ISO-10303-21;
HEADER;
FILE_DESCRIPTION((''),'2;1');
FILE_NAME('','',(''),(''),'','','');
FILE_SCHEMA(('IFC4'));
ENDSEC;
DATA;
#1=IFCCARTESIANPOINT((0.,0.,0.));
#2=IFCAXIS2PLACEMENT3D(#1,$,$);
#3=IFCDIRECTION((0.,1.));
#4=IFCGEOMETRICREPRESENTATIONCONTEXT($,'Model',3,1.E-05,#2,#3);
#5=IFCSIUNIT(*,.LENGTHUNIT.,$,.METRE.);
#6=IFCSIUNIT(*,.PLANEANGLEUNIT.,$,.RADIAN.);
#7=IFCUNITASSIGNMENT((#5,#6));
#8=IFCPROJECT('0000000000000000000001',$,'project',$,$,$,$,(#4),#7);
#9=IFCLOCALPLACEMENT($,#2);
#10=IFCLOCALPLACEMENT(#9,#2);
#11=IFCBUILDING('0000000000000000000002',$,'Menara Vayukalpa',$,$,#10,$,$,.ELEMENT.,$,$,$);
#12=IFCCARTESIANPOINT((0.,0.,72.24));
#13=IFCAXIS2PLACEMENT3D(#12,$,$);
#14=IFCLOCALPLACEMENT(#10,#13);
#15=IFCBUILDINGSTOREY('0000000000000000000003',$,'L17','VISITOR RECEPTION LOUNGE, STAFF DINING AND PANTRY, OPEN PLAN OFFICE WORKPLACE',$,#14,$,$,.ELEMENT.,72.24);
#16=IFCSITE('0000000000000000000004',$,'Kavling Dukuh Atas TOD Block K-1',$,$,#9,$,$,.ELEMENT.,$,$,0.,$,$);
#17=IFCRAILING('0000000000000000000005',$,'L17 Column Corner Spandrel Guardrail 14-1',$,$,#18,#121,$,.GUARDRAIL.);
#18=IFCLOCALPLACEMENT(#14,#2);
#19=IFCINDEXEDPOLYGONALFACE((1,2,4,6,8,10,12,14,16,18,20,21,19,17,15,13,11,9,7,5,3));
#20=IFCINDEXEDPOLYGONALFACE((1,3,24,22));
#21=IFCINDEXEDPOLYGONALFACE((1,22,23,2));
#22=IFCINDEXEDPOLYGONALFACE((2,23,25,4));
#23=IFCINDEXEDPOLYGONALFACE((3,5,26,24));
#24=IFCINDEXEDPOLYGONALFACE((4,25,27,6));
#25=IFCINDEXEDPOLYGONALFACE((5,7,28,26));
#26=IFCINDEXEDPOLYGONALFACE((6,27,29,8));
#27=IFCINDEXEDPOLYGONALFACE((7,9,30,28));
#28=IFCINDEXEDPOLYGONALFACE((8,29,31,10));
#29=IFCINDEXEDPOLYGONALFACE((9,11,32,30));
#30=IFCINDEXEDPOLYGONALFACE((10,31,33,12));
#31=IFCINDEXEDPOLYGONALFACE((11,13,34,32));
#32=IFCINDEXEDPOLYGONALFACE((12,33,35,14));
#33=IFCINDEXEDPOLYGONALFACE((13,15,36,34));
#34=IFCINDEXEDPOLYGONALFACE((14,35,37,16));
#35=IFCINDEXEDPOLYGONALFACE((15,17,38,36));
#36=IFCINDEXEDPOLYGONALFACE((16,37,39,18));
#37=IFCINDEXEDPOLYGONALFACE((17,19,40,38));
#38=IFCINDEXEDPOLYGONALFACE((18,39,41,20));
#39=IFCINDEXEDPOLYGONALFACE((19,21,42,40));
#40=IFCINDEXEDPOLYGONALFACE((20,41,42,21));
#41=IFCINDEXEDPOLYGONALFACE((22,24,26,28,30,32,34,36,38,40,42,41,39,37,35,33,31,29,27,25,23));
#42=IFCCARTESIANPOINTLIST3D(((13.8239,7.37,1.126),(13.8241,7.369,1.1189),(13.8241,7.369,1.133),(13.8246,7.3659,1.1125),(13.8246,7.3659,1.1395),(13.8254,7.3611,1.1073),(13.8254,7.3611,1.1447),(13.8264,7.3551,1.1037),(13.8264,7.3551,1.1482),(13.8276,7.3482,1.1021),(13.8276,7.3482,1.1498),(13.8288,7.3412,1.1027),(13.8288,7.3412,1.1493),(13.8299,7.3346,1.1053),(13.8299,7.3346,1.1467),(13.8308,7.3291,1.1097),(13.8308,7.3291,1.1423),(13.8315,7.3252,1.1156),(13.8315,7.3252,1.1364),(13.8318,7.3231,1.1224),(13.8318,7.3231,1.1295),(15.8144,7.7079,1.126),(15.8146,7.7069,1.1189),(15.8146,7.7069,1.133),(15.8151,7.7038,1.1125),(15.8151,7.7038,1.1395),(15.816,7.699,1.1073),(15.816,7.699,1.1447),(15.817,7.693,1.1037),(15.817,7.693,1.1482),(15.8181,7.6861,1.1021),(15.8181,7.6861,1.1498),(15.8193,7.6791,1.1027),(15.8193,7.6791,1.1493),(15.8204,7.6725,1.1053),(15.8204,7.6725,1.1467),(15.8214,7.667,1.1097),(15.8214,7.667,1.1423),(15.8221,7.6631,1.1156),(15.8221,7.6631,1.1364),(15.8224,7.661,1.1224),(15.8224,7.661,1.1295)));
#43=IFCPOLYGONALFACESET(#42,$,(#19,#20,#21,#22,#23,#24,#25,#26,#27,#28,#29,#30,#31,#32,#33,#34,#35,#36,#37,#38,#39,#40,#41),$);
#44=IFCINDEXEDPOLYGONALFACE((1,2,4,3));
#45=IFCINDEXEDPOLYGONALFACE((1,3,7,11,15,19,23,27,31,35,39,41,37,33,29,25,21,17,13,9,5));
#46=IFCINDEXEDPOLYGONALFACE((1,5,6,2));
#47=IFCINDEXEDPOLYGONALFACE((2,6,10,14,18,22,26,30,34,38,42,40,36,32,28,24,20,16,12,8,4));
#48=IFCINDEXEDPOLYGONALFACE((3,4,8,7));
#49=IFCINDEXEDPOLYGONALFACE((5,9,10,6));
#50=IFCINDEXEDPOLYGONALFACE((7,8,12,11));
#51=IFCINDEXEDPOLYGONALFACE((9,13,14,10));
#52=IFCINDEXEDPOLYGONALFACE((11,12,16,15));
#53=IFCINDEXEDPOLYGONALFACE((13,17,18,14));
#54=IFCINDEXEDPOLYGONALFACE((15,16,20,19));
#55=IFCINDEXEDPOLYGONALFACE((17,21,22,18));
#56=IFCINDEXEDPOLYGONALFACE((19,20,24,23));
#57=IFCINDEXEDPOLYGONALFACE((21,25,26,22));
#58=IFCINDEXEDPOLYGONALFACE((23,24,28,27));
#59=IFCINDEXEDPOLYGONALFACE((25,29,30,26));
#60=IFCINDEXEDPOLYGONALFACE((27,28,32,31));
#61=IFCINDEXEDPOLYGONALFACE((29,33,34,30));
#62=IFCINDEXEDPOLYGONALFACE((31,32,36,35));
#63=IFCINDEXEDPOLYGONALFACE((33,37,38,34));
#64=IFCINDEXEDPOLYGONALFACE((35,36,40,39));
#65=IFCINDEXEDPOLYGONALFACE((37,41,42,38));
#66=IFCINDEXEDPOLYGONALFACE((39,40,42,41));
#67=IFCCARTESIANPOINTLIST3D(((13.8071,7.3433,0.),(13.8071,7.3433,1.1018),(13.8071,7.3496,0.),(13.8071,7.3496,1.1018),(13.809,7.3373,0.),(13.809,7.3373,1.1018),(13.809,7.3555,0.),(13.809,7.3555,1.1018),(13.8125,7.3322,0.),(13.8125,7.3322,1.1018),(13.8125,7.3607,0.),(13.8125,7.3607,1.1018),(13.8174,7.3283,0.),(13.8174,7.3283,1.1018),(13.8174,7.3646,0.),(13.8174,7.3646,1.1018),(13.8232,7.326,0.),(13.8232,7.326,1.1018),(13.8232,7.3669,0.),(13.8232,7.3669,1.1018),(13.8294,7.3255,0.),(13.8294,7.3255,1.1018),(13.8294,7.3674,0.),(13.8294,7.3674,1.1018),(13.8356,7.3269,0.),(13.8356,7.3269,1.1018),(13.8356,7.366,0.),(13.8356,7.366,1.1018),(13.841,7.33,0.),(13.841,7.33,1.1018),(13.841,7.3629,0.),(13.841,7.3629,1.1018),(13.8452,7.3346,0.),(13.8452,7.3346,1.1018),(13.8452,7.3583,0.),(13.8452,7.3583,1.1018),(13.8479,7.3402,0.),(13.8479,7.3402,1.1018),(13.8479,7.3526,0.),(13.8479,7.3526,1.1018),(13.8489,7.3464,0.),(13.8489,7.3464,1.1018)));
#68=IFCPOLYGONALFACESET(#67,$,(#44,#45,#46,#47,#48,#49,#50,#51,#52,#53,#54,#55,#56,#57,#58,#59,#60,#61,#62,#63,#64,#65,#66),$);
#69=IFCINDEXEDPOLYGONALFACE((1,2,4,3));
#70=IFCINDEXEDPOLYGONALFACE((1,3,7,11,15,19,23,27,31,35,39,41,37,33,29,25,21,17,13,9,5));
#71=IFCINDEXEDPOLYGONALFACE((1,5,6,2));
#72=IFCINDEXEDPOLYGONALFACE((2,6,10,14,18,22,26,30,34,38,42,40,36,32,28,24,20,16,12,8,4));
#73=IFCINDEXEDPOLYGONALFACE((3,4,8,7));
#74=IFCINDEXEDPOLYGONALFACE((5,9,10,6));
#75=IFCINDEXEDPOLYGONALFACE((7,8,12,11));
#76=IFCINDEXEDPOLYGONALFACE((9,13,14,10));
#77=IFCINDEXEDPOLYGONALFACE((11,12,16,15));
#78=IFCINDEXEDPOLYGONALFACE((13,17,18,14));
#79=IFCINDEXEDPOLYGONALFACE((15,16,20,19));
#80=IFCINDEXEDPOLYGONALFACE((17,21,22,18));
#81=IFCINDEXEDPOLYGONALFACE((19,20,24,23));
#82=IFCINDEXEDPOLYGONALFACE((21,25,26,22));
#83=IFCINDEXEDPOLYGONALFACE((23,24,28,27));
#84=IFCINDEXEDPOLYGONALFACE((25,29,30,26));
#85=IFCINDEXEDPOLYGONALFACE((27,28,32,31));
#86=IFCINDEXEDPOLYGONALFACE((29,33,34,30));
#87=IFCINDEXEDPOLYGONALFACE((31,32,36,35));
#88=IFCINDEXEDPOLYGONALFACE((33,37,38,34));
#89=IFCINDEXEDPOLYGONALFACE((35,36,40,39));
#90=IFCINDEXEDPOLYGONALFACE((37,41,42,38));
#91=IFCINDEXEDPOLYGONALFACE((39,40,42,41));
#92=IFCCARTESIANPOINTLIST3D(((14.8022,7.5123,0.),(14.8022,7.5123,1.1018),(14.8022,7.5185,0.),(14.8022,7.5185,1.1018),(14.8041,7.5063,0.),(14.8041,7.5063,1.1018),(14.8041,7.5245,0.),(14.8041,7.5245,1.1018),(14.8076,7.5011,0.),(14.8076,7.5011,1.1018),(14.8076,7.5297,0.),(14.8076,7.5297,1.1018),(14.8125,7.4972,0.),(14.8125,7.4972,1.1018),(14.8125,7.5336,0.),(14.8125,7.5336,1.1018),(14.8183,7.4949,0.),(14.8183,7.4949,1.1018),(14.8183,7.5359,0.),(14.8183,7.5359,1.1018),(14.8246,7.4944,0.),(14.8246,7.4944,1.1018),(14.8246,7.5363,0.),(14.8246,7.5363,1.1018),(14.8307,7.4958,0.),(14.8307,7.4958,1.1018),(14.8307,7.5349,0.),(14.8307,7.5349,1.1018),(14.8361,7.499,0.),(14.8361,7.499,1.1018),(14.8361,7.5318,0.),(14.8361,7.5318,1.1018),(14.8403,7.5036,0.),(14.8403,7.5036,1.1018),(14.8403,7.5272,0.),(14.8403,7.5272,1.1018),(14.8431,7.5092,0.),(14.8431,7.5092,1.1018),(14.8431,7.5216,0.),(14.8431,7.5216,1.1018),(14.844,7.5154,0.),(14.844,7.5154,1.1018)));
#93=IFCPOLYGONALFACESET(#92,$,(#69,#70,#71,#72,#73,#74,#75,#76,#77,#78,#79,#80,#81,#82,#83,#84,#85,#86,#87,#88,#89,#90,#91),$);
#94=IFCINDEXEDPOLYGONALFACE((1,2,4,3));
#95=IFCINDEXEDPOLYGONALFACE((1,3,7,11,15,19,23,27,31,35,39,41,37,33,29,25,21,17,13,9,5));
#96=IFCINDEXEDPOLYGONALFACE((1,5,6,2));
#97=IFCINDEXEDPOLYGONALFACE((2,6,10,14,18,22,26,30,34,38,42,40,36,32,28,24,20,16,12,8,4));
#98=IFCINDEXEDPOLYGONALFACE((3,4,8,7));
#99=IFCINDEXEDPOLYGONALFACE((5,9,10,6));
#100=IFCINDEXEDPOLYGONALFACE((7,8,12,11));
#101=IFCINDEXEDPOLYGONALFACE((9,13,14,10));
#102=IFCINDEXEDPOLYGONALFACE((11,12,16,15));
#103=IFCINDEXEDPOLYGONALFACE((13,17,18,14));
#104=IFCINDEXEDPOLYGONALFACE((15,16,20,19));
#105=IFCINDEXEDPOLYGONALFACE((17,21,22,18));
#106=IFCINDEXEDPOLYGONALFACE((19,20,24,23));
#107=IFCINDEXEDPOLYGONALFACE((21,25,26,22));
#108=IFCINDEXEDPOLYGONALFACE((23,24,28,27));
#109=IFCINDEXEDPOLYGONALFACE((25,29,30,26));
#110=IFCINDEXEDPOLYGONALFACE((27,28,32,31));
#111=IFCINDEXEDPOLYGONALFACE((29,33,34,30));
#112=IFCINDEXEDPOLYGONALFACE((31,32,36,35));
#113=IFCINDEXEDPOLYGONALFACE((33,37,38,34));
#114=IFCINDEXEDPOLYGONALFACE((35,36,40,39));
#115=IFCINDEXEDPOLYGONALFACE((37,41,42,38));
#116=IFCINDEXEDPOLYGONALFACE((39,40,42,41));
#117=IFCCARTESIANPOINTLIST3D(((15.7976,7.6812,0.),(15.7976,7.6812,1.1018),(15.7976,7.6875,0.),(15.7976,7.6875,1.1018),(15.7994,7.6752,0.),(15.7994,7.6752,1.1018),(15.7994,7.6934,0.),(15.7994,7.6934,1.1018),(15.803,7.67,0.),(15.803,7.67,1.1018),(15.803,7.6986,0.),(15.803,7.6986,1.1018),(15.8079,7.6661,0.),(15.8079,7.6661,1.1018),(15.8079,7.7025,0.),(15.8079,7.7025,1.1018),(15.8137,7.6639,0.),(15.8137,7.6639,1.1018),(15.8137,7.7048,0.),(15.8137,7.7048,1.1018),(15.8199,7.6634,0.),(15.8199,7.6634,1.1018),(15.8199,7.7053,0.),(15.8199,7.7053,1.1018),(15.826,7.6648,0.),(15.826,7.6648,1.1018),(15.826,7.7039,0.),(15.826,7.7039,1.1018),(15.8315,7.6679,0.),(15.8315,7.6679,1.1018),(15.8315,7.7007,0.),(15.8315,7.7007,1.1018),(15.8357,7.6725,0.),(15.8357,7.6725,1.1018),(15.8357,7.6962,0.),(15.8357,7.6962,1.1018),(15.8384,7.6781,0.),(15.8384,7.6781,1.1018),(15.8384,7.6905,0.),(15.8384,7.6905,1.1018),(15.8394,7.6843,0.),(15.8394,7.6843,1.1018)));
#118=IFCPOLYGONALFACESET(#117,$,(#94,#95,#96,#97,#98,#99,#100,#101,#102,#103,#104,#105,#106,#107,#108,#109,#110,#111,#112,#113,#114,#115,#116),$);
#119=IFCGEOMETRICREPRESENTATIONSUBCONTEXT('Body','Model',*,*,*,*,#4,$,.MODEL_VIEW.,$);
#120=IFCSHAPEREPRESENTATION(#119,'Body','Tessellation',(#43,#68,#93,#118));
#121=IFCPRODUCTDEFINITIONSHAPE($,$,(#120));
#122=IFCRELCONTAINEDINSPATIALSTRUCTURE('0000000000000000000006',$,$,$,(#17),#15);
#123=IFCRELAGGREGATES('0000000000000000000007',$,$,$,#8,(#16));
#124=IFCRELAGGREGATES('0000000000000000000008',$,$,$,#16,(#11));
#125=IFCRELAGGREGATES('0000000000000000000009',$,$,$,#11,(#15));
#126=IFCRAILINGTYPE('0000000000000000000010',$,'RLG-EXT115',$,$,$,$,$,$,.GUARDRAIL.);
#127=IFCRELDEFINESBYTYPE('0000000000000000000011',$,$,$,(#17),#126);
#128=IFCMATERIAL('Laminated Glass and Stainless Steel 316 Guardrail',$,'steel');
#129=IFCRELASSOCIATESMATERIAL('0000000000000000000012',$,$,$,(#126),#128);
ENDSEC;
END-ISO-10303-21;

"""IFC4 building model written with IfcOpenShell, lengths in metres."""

from ifc_helpers import new_model, si_unit, direction, frame, origin, origin_2d, place, context, subcontext, project, spatial, circle, extrude, material, type_object, element, save


model = new_model("IFC4")

# Units and contexts
model_context = context("Model", 3, precision=1e-05, world=origin(), true_north=direction((0.0, 1.0)))
body_context = subcontext(model_context, "Body", "Model", "MODEL_VIEW")
ifc_project = project(units=[si_unit("LENGTHUNIT", "METRE"), si_unit("PLANEANGLEUNIT", "RADIAN")], contexts=[model_context])

# Site, building, storey
site_placement = place(None, origin())
site = spatial("IfcSite", under=ifc_project, at=site_placement, Name="Kavling Dukuh Atas TOD Block K-1", CompositionType="ELEMENT", RefElevation=0.0)
building_placement = place(site_placement, origin())
building = spatial("IfcBuilding", under=site, at=building_placement, Name="Menara Vayukalpa", CompositionType="ELEMENT")
storey_placement = place(building_placement, frame((0.0, 0.0, 72.24)))
storey = spatial("IfcBuildingStorey", under=building, at=storey_placement, Name="L17", Description="VISITOR RECEPTION LOUNGE, STAFF DINING AND PANTRY, OPEN PLAN OFFICE WORKPLACE", CompositionType="ELEMENT", Elevation=72.24)

# Railing
ifc_material_1 = material(Name="Laminated Glass and Stainless Steel 316 Guardrail", Category="steel")
railing_type = type_object("IfcRailingType", Name="RLG-EXT115", PredefinedType="GUARDRAIL", material=ifc_material_1)
railing_1_placement = place(storey_placement, frame((13.8279, 7.3464, 0.0)))
element("IfcRailing", 1, at=railing_1_placement, inside=storey, type_object=railing_type, Name="L17 Column Corner Spandrel Guardrail 14-1", PredefinedType="GUARDRAIL", context=body_context, shape_type="SweptSolid", body=[
    extrude(circle(Radius=0.0239, at=origin_2d()), frame((0.0, 0.0, 1.126), z_axis=(0.985896, 0.167359, 0.0), x_axis=(-0.167359, 0.985896, 0.0)), (0.0, 0.0, 1.0), 2.019),
    extrude(circle(Radius=0.021, at=origin_2d()), origin(), (0.0, 0.0, 1.0), 1.1018),
    extrude(circle(Radius=0.021, at=origin_2d()), frame((0.9951, 0.1689, 0.0)), (0.0, 0.0, 1.0), 1.1018),
    extrude(circle(Radius=0.021, at=origin_2d()), frame((1.9905, 0.3379, 0.0)), (0.0, 0.0, 1.0), 1.1018),
])

save(model, "model.ifc")
